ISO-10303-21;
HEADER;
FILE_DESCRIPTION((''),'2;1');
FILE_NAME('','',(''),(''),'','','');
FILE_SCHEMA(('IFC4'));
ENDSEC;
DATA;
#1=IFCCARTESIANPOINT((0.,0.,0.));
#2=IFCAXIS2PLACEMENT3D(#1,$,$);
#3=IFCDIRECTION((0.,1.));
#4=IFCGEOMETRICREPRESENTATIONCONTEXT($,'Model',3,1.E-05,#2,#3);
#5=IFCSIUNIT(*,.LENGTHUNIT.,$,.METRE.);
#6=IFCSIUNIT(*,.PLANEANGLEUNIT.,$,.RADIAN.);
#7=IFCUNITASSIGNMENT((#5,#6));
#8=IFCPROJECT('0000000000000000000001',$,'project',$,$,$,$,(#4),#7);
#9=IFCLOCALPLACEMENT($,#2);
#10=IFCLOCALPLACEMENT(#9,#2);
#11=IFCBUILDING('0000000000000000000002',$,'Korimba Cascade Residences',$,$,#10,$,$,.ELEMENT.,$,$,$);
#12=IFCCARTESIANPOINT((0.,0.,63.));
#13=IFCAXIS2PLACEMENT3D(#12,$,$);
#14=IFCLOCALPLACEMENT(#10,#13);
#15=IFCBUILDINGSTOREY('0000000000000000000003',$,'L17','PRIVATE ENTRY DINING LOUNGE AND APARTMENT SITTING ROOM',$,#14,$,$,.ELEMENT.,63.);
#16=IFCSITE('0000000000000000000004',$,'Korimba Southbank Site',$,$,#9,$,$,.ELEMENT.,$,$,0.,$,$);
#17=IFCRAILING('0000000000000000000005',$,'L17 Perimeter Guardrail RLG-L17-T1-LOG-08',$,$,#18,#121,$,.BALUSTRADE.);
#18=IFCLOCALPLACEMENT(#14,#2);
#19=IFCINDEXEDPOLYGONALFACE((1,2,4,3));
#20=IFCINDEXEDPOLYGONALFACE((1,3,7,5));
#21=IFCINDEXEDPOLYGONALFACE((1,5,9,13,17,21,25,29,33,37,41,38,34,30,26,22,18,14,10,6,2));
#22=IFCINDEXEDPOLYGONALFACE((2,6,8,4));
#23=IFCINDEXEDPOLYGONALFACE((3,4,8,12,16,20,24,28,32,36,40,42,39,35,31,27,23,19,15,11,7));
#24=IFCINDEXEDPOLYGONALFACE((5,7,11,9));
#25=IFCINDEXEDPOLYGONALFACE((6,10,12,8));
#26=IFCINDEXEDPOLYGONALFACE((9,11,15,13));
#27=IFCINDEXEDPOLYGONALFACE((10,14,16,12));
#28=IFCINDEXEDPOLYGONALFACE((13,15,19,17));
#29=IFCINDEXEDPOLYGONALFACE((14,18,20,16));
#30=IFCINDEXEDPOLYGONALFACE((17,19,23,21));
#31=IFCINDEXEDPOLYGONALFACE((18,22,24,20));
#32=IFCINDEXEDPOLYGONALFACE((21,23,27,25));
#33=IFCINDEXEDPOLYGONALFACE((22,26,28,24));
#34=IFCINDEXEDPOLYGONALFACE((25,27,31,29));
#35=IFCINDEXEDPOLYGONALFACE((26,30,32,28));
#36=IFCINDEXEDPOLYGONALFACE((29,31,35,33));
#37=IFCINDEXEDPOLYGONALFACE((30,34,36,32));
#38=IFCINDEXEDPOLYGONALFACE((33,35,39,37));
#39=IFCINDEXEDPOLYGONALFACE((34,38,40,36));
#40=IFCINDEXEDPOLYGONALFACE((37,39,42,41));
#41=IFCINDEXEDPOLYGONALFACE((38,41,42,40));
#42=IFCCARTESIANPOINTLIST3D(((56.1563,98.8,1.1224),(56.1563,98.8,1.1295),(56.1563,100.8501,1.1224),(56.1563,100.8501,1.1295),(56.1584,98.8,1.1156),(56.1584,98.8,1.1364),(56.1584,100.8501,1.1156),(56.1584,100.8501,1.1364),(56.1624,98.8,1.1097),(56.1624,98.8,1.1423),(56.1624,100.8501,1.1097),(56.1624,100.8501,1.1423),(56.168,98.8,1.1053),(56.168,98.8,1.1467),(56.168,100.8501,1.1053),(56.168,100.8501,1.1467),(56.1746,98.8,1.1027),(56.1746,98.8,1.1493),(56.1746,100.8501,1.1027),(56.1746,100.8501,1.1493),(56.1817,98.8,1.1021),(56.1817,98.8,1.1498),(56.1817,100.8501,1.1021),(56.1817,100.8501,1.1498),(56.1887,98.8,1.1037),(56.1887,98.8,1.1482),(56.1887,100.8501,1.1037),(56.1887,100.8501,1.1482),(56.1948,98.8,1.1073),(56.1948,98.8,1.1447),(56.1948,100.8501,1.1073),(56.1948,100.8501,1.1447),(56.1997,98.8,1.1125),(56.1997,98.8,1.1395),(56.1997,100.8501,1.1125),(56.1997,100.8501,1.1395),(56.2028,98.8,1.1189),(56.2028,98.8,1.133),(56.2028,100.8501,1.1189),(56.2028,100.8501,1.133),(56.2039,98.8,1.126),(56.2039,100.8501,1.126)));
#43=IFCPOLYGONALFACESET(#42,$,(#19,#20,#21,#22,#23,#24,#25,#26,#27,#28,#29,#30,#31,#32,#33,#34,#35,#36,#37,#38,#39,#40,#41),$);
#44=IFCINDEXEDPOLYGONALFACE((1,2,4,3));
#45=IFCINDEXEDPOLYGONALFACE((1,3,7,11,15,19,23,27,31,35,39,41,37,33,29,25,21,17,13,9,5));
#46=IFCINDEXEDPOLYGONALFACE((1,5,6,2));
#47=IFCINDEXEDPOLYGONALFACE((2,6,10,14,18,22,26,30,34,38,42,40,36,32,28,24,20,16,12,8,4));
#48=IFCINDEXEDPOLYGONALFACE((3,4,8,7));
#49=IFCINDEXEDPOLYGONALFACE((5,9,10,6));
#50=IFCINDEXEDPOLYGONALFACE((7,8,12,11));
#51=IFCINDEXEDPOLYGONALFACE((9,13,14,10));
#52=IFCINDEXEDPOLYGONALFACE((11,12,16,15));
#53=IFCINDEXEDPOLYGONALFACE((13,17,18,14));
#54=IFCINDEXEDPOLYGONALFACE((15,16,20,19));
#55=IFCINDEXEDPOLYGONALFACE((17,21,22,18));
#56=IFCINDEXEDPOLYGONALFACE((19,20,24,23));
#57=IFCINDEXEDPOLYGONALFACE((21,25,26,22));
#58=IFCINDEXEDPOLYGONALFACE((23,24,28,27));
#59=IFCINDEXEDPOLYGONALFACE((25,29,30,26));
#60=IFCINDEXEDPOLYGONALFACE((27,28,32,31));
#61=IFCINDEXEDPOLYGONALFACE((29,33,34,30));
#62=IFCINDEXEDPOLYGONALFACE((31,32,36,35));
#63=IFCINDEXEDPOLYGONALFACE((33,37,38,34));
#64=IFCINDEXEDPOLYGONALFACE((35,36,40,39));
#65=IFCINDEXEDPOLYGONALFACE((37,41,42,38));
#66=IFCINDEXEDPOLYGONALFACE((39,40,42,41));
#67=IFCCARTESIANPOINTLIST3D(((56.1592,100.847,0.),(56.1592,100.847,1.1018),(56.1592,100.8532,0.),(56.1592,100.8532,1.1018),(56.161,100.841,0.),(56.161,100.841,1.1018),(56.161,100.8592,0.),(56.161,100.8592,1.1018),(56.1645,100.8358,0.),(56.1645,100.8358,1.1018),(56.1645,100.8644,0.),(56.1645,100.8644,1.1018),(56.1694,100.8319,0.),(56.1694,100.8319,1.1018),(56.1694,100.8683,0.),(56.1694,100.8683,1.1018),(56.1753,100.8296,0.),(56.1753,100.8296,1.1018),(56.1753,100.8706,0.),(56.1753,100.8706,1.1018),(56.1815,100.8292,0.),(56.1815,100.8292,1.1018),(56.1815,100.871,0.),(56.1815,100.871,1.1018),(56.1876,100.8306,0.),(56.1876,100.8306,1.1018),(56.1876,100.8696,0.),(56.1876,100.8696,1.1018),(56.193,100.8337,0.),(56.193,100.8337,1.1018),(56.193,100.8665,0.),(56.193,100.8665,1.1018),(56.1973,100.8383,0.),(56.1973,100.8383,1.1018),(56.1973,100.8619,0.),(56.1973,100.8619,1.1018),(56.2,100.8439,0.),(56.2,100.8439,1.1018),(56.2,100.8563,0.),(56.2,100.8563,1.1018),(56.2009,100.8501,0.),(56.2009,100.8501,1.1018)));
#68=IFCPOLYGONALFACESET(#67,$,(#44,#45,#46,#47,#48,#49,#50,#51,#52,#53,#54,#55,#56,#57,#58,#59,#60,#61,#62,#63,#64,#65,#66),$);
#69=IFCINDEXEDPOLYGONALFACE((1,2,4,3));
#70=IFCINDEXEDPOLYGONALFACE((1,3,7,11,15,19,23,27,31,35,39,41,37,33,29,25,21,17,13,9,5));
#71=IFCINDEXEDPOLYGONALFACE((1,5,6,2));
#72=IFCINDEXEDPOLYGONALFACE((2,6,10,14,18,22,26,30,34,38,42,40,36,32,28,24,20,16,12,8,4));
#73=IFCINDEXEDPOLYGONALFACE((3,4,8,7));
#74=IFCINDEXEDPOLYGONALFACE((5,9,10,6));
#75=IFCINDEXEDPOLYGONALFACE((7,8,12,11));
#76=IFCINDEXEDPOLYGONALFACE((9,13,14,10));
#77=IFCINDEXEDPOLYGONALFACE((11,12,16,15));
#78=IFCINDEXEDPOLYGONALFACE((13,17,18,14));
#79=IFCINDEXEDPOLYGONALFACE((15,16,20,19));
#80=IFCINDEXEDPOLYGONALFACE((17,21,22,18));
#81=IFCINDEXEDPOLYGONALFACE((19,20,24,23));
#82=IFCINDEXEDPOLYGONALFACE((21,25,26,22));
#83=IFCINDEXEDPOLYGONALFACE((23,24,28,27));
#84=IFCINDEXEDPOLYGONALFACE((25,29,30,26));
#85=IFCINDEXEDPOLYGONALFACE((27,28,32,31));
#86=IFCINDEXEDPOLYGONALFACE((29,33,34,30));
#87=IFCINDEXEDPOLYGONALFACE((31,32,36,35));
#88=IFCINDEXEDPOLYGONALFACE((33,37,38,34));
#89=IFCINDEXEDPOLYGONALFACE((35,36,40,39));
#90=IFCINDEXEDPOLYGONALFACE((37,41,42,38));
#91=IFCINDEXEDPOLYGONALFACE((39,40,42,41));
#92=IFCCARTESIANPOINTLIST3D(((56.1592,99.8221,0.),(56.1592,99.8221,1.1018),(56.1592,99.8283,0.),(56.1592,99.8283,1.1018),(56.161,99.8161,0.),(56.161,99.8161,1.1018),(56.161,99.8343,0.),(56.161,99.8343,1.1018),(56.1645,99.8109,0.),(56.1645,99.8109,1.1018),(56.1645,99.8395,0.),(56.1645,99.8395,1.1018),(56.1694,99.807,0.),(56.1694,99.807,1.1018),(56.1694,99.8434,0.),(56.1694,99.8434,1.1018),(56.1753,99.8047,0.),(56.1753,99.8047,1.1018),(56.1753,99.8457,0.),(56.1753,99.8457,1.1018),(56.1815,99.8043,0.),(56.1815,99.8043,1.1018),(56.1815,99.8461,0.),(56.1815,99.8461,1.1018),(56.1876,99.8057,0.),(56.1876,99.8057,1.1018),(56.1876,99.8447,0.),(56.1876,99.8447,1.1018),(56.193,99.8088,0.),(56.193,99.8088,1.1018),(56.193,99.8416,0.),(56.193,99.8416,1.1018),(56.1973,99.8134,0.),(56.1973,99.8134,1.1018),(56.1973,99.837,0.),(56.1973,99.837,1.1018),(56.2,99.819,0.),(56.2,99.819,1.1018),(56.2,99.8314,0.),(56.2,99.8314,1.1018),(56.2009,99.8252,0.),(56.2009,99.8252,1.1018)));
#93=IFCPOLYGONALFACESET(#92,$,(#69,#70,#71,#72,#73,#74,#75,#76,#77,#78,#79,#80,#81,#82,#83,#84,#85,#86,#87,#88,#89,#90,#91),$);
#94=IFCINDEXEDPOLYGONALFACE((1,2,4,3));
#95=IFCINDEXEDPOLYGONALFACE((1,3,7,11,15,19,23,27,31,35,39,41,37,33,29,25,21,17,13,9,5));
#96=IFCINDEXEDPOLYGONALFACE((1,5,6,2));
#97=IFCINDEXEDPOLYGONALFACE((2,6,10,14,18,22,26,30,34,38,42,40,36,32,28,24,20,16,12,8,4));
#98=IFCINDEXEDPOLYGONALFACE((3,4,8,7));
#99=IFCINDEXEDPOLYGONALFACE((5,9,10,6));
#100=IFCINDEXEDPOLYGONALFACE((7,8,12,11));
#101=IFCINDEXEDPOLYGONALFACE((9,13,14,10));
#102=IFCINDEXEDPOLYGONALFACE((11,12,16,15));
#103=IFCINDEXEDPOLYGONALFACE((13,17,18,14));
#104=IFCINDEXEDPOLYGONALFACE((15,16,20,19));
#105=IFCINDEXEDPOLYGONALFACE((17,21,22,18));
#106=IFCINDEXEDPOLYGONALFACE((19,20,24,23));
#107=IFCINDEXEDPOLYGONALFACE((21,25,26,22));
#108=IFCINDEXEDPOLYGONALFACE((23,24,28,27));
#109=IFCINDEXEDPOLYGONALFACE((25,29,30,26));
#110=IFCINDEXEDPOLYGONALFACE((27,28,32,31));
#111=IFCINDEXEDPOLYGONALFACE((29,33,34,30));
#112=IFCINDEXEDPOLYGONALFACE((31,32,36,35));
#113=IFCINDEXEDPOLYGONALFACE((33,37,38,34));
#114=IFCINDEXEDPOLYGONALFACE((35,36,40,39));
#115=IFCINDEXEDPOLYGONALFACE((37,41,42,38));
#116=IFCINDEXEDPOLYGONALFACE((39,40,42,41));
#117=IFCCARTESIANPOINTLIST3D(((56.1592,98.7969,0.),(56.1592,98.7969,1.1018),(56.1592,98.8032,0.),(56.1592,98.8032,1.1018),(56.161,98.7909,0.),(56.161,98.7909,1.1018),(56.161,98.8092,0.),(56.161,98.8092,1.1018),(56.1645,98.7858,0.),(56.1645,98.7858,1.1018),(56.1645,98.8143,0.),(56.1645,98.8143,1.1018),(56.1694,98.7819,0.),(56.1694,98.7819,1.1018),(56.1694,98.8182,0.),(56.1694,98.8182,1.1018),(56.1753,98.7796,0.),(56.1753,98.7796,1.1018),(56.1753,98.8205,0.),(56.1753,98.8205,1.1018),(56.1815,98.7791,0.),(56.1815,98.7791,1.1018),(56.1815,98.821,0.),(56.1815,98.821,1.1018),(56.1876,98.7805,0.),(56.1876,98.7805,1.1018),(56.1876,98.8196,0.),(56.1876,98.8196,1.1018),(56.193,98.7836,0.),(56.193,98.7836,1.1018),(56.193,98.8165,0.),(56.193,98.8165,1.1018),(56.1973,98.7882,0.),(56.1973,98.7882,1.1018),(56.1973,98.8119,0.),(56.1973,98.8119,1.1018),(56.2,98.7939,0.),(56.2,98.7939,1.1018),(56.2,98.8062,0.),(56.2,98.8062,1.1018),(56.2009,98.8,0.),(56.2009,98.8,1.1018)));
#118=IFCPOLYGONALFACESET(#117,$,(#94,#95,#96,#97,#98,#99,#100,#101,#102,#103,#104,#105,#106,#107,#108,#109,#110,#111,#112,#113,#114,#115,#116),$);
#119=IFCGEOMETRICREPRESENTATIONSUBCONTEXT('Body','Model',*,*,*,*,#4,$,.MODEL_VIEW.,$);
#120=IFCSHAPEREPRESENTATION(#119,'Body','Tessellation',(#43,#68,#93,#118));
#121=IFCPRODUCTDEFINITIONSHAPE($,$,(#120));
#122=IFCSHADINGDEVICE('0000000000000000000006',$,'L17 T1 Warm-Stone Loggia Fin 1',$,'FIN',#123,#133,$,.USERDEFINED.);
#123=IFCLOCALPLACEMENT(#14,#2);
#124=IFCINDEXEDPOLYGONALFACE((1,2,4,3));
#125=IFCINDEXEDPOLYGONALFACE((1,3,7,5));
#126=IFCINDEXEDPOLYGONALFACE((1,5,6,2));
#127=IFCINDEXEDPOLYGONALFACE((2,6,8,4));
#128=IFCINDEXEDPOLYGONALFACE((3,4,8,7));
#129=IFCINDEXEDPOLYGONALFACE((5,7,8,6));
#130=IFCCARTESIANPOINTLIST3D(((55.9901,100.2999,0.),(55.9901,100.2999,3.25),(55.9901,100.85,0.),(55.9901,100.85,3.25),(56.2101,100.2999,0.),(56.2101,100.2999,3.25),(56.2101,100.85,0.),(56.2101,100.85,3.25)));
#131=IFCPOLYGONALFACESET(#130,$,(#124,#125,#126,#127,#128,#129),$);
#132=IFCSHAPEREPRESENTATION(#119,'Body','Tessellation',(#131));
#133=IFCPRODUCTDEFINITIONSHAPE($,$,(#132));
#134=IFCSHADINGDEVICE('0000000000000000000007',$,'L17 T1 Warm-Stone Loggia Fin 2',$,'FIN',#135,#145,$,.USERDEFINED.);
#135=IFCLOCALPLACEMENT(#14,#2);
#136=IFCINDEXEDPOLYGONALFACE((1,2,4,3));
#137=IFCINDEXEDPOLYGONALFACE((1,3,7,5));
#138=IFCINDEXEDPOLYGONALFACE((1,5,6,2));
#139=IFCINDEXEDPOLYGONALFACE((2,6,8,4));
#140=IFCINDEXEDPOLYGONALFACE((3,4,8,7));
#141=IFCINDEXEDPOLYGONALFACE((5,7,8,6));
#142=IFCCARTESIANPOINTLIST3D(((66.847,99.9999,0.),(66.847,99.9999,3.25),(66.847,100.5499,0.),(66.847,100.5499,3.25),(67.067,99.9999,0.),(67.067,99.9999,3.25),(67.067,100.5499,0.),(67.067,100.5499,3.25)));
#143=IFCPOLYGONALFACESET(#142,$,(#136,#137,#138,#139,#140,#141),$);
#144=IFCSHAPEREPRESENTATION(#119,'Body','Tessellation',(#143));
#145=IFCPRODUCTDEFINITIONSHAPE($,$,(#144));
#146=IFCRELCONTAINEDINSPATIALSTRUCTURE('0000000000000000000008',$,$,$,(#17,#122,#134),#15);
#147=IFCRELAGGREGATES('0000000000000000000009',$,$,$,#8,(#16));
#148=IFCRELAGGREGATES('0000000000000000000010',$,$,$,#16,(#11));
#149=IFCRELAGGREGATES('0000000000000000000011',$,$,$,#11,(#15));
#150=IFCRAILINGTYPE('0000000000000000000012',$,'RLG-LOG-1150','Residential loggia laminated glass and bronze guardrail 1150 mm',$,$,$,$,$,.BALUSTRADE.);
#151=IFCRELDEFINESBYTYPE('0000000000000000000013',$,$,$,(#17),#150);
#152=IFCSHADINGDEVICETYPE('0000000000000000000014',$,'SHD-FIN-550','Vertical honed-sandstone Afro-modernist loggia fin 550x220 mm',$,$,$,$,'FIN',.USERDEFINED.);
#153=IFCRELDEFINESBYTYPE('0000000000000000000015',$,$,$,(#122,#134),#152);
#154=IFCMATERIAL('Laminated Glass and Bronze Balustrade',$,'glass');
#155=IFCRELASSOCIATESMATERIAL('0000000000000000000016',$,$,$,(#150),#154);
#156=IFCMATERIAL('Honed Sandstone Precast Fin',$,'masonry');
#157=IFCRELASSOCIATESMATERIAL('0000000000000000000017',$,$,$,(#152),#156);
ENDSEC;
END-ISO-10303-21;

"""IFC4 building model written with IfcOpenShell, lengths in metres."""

from ifc_helpers import new_model, si_unit, direction, frame, origin, origin_2d, place, context, subcontext, project, spatial, rectangle, circle, extrude, material, type_object, element, save


model = new_model("IFC4")

# Units and contexts
model_context = context("Model", 3, precision=1e-05, world=origin(), true_north=direction((0.0, 1.0)))
body_context = subcontext(model_context, "Body", "Model", "MODEL_VIEW")
ifc_project = project(units=[si_unit("LENGTHUNIT", "METRE"), si_unit("PLANEANGLEUNIT", "RADIAN")], contexts=[model_context])

# Site, building, storey
site_placement = place(None, origin())
site = spatial("IfcSite", under=ifc_project, at=site_placement, Name="Korimba Southbank Site", CompositionType="ELEMENT", RefElevation=0.0)
building_placement = place(site_placement, origin())
building = spatial("IfcBuilding", under=site, at=building_placement, Name="Korimba Cascade Residences", CompositionType="ELEMENT")
storey_placement = place(building_placement, frame((0.0, 0.0, 63.0)))
storey = spatial("IfcBuildingStorey", under=building, at=storey_placement, Name="L17", Description="PRIVATE ENTRY DINING LOUNGE AND APARTMENT SITTING ROOM", CompositionType="ELEMENT", Elevation=63.0)

# Railing
ifc_material_1 = material(Name="Laminated Glass and Bronze Balustrade", Category="glass")
railing_type = type_object("IfcRailingType", Name="RLG-LOG-1150", Description="Residential loggia laminated glass and bronze guardrail 1150 mm", PredefinedType="BALUSTRADE", material=ifc_material_1)
railing_1_placement = place(storey_placement, frame((56.1799, 100.8501, 0.0)))
element("IfcRailing", 1, at=railing_1_placement, inside=storey, type_object=railing_type, Name="L17 Perimeter Guardrail RLG-L17-T1-LOG-08", PredefinedType="BALUSTRADE", context=body_context, shape_type="SweptSolid", body=[
    extrude(circle(Radius=0.0239, at=origin_2d()), frame((0.0, 0.0, 1.126), z_axis=(0.0, -1.0, 0.0), x_axis=(1.0, 0.0, 0.0)), (0.0, 0.0, 1.0), 2.05),
    extrude(circle(Radius=0.021, at=origin_2d()), origin(), (0.0, 0.0, 1.0), 1.1018),
    extrude(circle(Radius=0.021, at=origin_2d()), frame((0.0, -1.0249, 0.0)), (0.0, 0.0, 1.0), 1.1018),
    extrude(circle(Radius=0.021, at=origin_2d()), frame((0.0, -2.05, 0.0)), (0.0, 0.0, 1.0), 1.1018),
])

# Shading devices
ifc_material_2 = material(Name="Honed Sandstone Precast Fin", Category="masonry")
shading_device_type = type_object("IfcShadingDeviceType", Name="SHD-FIN-550", Description="Vertical honed-sandstone Afro-modernist loggia fin 550x220 mm", ElementType="FIN", PredefinedType="USERDEFINED", material=ifc_material_2)
for number, where, z_axis, x_axis, name in (
    (2, (56.1001, 100.575, 0.0), (0.0, 0.0, 1.0), (1.0, 0.0, 0.0), "L17 T1 Warm-Stone Loggia Fin 1"),
    (3, (66.957, 100.2749, 0.0), (0.0, 0.0, 1.0), (1.0, 0.0, 0.0), "L17 T1 Warm-Stone Loggia Fin 2"),
):
    element("IfcShadingDevice", number, at=place(storey_placement, frame(where, z_axis=z_axis, x_axis=x_axis)), inside=storey, type_object=shading_device_type, Name=name, ObjectType="FIN", PredefinedType="USERDEFINED", context=body_context, shape_type="SweptSolid", body=[
        extrude(rectangle(XDim=0.22, YDim=0.55, at=origin_2d()), origin(), (0.0, 0.0, 1.0), 3.25),
    ])

save(model, "model.ifc")
